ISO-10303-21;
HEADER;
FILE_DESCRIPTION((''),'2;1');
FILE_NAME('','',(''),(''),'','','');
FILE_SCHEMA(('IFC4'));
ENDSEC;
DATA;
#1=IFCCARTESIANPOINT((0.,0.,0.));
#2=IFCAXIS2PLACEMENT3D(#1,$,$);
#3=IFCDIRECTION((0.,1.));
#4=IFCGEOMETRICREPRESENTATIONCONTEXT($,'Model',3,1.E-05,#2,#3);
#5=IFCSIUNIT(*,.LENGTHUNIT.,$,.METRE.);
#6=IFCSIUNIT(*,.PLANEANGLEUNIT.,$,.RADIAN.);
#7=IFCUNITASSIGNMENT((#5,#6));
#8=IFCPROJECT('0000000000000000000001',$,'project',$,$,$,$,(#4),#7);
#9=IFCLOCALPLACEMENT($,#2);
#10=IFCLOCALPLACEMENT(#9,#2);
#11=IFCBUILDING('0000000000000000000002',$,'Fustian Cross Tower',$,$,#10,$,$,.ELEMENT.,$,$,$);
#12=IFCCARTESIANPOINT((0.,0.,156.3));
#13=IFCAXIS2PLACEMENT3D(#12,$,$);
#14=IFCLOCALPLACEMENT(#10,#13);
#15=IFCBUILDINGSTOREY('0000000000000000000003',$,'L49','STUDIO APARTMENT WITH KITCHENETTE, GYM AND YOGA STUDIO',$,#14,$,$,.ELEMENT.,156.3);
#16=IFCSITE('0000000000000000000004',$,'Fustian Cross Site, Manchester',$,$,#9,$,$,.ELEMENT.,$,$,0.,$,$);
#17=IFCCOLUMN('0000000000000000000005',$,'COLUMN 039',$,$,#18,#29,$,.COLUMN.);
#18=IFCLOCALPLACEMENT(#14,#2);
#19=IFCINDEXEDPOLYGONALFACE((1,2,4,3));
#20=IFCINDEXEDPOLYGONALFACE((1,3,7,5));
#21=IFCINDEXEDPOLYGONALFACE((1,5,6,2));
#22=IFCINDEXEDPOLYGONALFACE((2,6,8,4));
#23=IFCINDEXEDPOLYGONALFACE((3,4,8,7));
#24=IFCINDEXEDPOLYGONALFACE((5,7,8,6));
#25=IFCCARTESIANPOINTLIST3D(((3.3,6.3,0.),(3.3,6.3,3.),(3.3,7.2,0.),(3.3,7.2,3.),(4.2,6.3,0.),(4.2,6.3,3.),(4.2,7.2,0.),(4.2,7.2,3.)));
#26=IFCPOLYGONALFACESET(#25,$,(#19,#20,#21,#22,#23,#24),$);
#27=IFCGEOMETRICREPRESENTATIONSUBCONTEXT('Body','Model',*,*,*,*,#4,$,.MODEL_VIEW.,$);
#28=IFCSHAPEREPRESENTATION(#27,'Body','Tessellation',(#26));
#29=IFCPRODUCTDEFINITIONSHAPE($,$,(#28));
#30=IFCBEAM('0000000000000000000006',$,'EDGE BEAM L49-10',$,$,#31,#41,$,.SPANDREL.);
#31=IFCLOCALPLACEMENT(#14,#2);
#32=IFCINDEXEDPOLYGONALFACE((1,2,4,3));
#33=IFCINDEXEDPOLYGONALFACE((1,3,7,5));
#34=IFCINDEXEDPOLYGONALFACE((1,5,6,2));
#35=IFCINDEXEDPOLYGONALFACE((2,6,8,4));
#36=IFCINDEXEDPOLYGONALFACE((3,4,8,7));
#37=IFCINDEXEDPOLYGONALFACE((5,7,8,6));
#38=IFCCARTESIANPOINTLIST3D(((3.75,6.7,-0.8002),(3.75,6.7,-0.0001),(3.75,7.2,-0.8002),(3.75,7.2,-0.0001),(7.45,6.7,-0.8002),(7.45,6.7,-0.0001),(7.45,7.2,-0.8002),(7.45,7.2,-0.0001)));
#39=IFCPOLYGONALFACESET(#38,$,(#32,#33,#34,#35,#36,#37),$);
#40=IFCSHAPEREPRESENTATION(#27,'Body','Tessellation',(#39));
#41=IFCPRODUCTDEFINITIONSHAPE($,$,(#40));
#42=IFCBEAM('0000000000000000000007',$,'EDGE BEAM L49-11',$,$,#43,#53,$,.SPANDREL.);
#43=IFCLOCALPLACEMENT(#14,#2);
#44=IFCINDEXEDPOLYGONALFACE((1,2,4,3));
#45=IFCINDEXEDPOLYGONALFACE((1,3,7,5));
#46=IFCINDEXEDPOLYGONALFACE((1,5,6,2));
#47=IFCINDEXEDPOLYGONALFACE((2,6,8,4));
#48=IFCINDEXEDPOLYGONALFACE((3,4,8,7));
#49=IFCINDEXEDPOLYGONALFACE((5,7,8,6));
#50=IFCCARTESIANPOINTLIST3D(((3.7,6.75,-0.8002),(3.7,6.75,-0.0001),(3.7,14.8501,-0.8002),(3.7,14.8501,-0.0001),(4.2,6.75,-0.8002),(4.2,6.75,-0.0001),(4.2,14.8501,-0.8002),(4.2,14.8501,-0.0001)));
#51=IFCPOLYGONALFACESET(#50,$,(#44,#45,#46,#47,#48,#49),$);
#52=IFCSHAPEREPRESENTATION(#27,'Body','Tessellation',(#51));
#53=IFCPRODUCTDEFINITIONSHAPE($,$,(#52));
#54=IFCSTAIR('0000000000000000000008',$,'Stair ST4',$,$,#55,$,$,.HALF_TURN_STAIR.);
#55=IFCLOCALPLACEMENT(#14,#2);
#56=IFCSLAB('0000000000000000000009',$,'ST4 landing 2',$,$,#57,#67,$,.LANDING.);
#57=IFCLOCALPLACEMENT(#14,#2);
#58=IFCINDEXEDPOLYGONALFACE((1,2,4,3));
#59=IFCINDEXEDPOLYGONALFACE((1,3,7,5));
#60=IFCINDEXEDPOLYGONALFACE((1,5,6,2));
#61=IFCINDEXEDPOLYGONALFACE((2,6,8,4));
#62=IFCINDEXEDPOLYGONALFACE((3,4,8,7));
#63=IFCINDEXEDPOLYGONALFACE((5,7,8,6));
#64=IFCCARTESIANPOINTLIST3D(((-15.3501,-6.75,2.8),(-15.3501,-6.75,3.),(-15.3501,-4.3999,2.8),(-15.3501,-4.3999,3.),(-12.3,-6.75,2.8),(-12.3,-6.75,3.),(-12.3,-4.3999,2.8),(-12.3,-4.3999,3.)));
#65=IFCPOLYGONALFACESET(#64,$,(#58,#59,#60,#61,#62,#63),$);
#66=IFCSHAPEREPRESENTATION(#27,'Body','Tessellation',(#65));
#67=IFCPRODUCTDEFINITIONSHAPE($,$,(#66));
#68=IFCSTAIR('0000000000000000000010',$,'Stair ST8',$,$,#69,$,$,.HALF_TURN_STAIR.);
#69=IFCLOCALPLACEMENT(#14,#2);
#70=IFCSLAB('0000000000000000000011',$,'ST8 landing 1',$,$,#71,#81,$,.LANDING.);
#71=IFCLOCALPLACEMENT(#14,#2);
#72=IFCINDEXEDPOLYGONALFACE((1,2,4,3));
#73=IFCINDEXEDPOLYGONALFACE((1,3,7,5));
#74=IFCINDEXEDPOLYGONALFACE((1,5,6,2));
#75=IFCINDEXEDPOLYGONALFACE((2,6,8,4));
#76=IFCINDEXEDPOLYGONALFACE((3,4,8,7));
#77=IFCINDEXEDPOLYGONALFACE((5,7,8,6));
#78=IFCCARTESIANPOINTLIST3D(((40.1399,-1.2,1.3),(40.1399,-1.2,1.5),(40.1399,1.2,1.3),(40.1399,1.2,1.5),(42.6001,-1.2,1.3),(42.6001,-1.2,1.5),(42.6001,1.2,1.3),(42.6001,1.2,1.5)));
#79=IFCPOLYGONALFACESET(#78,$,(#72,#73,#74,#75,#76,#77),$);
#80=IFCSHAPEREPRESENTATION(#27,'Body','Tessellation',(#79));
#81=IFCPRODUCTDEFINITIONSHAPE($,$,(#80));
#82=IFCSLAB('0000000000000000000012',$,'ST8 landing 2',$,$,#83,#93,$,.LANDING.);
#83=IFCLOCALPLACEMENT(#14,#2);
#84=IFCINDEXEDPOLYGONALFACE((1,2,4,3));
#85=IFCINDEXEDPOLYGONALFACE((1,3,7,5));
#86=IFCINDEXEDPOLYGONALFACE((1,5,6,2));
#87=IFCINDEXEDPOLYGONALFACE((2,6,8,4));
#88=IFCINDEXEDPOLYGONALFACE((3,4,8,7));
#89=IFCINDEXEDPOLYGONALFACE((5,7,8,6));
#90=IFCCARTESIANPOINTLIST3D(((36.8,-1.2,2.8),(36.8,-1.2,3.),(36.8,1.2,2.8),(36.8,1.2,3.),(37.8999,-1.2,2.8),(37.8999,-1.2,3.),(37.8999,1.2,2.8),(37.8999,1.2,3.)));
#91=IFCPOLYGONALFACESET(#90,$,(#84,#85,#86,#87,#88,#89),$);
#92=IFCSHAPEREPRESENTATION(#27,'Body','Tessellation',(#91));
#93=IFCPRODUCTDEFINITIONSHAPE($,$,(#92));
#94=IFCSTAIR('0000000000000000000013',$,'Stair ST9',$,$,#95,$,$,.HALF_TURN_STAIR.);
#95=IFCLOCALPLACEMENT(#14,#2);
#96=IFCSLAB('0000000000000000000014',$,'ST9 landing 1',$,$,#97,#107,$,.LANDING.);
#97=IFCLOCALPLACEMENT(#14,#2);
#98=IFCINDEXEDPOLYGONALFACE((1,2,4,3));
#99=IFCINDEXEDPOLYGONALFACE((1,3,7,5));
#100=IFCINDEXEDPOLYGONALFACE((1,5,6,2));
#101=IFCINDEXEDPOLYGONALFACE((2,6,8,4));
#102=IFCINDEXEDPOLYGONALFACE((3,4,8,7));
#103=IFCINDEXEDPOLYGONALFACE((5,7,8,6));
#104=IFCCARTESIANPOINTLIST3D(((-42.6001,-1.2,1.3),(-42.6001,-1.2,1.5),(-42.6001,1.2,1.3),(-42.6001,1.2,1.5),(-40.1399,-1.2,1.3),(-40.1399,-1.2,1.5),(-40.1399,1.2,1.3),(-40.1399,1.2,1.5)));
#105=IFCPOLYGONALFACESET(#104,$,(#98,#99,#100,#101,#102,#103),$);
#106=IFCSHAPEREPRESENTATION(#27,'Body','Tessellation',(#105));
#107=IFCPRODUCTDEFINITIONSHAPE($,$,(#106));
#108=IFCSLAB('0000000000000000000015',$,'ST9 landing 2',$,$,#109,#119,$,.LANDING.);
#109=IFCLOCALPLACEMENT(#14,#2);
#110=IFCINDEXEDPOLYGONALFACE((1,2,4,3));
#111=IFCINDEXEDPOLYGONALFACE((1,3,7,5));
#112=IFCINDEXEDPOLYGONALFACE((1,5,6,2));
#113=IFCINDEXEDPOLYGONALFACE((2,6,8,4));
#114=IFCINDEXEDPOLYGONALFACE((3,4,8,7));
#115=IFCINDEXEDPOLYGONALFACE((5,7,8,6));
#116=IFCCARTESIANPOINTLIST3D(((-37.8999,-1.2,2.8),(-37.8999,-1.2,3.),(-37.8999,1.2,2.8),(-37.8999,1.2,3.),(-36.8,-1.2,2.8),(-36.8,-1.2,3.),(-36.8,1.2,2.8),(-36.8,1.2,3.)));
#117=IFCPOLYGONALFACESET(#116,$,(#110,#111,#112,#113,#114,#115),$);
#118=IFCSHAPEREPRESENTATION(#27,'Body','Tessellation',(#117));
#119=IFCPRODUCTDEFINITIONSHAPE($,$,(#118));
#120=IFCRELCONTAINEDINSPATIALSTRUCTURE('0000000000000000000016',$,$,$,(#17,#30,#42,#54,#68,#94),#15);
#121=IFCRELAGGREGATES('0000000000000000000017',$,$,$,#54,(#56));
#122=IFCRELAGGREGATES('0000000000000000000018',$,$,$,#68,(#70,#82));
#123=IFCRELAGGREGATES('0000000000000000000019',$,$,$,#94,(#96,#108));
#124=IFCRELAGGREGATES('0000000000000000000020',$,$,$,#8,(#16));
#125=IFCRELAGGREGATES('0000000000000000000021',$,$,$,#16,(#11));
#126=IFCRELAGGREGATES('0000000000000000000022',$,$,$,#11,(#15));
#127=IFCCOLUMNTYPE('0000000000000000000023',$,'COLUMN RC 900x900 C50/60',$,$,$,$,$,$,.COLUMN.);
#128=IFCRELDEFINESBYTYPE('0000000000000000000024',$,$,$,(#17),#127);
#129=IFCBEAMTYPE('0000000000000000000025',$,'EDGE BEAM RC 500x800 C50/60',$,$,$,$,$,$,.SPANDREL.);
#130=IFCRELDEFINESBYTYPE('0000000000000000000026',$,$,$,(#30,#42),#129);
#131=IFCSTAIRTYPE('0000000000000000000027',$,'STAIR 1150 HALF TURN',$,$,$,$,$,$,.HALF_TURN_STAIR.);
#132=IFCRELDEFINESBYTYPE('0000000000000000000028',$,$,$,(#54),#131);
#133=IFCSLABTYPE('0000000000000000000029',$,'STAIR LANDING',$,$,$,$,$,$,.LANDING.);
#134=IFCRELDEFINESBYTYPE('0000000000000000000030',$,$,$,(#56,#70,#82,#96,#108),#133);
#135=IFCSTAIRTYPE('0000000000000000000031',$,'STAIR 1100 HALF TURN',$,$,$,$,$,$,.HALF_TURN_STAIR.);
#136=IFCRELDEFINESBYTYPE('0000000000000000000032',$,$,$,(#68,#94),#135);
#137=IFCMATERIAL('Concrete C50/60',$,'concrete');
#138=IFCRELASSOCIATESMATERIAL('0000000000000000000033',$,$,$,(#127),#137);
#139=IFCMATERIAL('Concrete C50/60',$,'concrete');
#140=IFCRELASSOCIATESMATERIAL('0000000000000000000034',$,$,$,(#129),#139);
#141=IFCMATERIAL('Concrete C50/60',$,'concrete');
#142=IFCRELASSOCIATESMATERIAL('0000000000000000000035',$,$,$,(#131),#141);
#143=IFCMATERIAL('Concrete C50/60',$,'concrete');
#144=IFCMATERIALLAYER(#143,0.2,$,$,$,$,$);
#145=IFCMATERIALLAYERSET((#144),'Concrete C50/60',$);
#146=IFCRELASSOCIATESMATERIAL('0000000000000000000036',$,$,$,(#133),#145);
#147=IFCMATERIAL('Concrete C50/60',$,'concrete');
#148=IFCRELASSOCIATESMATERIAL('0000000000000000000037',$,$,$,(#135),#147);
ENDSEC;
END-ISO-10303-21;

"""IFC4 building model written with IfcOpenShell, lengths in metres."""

from ifc_helpers import new_model, si_unit, direction, frame, origin, origin_2d, place, context, subcontext, project, spatial, polyline, rectangle, outline, extrude, material, layer, layer_set, material_profile, profile_set, type_object, element, aggregate, save


model = new_model("IFC4")

# Units and contexts
model_context = context("Model", 3, precision=1e-05, world=origin(), true_north=direction((0.0, 1.0)))
body_context = subcontext(model_context, "Body", "Model", "MODEL_VIEW")
ifc_project = project(units=[si_unit("LENGTHUNIT", "METRE"), si_unit("PLANEANGLEUNIT", "RADIAN")], contexts=[model_context])

# Site, building, storey
site_placement = place(None, origin())
site = spatial("IfcSite", under=ifc_project, at=site_placement, Name="Fustian Cross Site, Manchester", CompositionType="ELEMENT", RefElevation=0.0)
building_placement = place(site_placement, origin())
building = spatial("IfcBuilding", under=site, at=building_placement, Name="Fustian Cross Tower", CompositionType="ELEMENT")
storey_placement = place(building_placement, frame((0.0, 0.0, 156.3)))
storey = spatial("IfcBuildingStorey", under=building, at=storey_placement, Name="L49", Description="STUDIO APARTMENT WITH KITCHENETTE, GYM AND YOGA STUDIO", CompositionType="ELEMENT", Elevation=156.3)

# Column
ifc_material_1 = material(Name="Concrete C50/60", Category="concrete")
ifc_material_profile_1 = material_profile(ifc_material_1, rectangle(XDim=0.8999, YDim=0.8999, at=origin_2d()), Name="RC 900x900")
ifc_profile_set_1 = profile_set([ifc_material_profile_1], Name="Concrete C50/60")
column_type = type_object("IfcColumnType", Name="COLUMN RC 900x900 C50/60", PredefinedType="COLUMN", material=ifc_profile_set_1)
column_placement = place(storey_placement, frame((3.75, 6.75, 0.0), z_axis=(0.0, 0.0, 1.0), x_axis=(1.0, 0.0, 0.0)))
element("IfcColumn", 1, at=column_placement, inside=storey, type_object=column_type, Name="COLUMN 039", PredefinedType="COLUMN", context=body_context, shape_type="SweptSolid", body=[
    extrude(rectangle(XDim=0.8999, YDim=0.8999, at=origin_2d()), origin(), (0.0, 0.0, 1.0), 3.0),
])

# Beams
ifc_material_2 = material(Name="Concrete C50/60", Category="concrete")
ifc_material_profile_2 = material_profile(ifc_material_2, rectangle(XDim=0.5, YDim=0.8, at=origin_2d()), Name="RC 500x800")
ifc_profile_set_2 = profile_set([ifc_material_profile_2], Name="Concrete C50/60")
beam_type = type_object("IfcBeamType", Name="EDGE BEAM RC 500x800 C50/60", PredefinedType="SPANDREL", material=ifc_profile_set_2)
beam_1_placement = place(storey_placement, frame((7.45, 6.95, -0.4001), z_axis=(-1.0, 0.0, 0.0), x_axis=(0.0, -1.0, 0.0)))
element("IfcBeam", 2, at=beam_1_placement, inside=storey, type_object=beam_type, Name="EDGE BEAM L49-10", PredefinedType="SPANDREL", context=body_context, shape_type="SweptSolid", body=[
    extrude(rectangle(XDim=0.5, YDim=0.8, at=origin_2d()), origin(), (0.0, 0.0, 1.0), 3.7),
])
beam_2_placement = place(storey_placement, frame((3.95, 6.75, -0.4001), z_axis=(0.0, 1.0, 0.0), x_axis=(-1.0, 0.0, 0.0)))
element("IfcBeam", 3, at=beam_2_placement, inside=storey, type_object=beam_type, Name="EDGE BEAM L49-11", PredefinedType="SPANDREL", context=body_context, shape_type="SweptSolid", body=[
    extrude(rectangle(XDim=0.5, YDim=0.8, at=origin_2d()), origin(), (0.0, 0.0, 1.0), 8.1001),
])

# Stair, slab
ifc_material_3 = material(Name="Concrete C50/60", Category="concrete")
stair_type_1 = type_object("IfcStairType", Name="STAIR 1150 HALF TURN", PredefinedType="HALF_TURN_STAIR", material=ifc_material_3)
stair_1_placement = place(storey_placement, origin())
stair_1 = element("IfcStair", 4, at=stair_1_placement, inside=storey, type_object=stair_type_1, Name="Stair ST4", PredefinedType="HALF_TURN_STAIR")
ifc_material_4 = material(Name="Concrete C50/60", Category="concrete")
ifc_layer_1 = layer(ifc_material_4, 0.2)
ifc_layer_set_1 = layer_set([ifc_layer_1], Name="Concrete C50/60")
slab_type = type_object("IfcSlabType", Name="STAIR LANDING", PredefinedType="LANDING", material=ifc_layer_set_1)
slab_1_placement = place(storey_placement, frame((0.0, 0.0, 2.8)))
slab_1 = element("IfcSlab", 5, at=slab_1_placement, type_object=slab_type, Name="ST4 landing 2", PredefinedType="LANDING", context=body_context, shape_type="SweptSolid", body=[
    extrude(outline(polyline([(-12.3, -4.3999), (-15.3501, -4.3999), (-15.3501, -6.75), (-12.3, -6.75), (-12.3, -4.3999)])), origin(), (0.0, 0.0, 1.0), 0.2),
])
aggregate(stair_1, [slab_1])

# Stairs, slabs
ifc_material_5 = material(Name="Concrete C50/60", Category="concrete")
stair_type_2 = type_object("IfcStairType", Name="STAIR 1100 HALF TURN", PredefinedType="HALF_TURN_STAIR", material=ifc_material_5)
stair_2_placement = place(storey_placement, origin())
stair_2 = element("IfcStair", 6, at=stair_2_placement, inside=storey, type_object=stair_type_2, Name="Stair ST8", PredefinedType="HALF_TURN_STAIR")
slab_2_placement = place(storey_placement, frame((0.0, 0.0, 1.3)))
slab_2 = element("IfcSlab", 7, at=slab_2_placement, type_object=slab_type, Name="ST8 landing 1", PredefinedType="LANDING", context=body_context, shape_type="SweptSolid", body=[
    extrude(outline(polyline([(40.1399, -1.2), (42.6001, -1.2), (42.6001, 1.2), (40.1399, 1.2), (40.1399, -1.2)])), origin(), (0.0, 0.0, 1.0), 0.2),
])
slab_3_placement = place(storey_placement, frame((0.0, 0.0, 2.8)))
slab_3 = element("IfcSlab", 8, at=slab_3_placement, type_object=slab_type, Name="ST8 landing 2", PredefinedType="LANDING", context=body_context, shape_type="SweptSolid", body=[
    extrude(outline(polyline([(36.8, -1.2), (37.8999, -1.2), (37.8999, 1.2), (36.8, 1.2), (36.8, -1.2)])), origin(), (0.0, 0.0, 1.0), 0.2),
])
aggregate(stair_2, [slab_2, slab_3])
stair_3_placement = place(storey_placement, origin())
stair_3 = element("IfcStair", 9, at=stair_3_placement, inside=storey, type_object=stair_type_2, Name="Stair ST9", PredefinedType="HALF_TURN_STAIR")
slab_4_placement = place(storey_placement, frame((0.0, 0.0, 1.3)))
slab_4 = element("IfcSlab", 10, at=slab_4_placement, type_object=slab_type, Name="ST9 landing 1", PredefinedType="LANDING", context=body_context, shape_type="SweptSolid", body=[
    extrude(outline(polyline([(-40.1399, -1.2), (-42.6001, -1.2), (-42.6001, 1.2), (-40.1399, 1.2), (-40.1399, -1.2)])), origin(), (0.0, 0.0, 1.0), 0.2),
])
slab_5_placement = place(storey_placement, frame((0.0, 0.0, 2.8)))
slab_5 = element("IfcSlab", 11, at=slab_5_placement, type_object=slab_type, Name="ST9 landing 2", PredefinedType="LANDING", context=body_context, shape_type="SweptSolid", body=[
    extrude(outline(polyline([(-36.8, -1.2), (-37.8999, -1.2), (-37.8999, 1.2), (-36.8, 1.2), (-36.8, -1.2)])), origin(), (0.0, 0.0, 1.0), 0.2),
])
aggregate(stair_3, [slab_4, slab_5])

save(model, "model.ifc")
